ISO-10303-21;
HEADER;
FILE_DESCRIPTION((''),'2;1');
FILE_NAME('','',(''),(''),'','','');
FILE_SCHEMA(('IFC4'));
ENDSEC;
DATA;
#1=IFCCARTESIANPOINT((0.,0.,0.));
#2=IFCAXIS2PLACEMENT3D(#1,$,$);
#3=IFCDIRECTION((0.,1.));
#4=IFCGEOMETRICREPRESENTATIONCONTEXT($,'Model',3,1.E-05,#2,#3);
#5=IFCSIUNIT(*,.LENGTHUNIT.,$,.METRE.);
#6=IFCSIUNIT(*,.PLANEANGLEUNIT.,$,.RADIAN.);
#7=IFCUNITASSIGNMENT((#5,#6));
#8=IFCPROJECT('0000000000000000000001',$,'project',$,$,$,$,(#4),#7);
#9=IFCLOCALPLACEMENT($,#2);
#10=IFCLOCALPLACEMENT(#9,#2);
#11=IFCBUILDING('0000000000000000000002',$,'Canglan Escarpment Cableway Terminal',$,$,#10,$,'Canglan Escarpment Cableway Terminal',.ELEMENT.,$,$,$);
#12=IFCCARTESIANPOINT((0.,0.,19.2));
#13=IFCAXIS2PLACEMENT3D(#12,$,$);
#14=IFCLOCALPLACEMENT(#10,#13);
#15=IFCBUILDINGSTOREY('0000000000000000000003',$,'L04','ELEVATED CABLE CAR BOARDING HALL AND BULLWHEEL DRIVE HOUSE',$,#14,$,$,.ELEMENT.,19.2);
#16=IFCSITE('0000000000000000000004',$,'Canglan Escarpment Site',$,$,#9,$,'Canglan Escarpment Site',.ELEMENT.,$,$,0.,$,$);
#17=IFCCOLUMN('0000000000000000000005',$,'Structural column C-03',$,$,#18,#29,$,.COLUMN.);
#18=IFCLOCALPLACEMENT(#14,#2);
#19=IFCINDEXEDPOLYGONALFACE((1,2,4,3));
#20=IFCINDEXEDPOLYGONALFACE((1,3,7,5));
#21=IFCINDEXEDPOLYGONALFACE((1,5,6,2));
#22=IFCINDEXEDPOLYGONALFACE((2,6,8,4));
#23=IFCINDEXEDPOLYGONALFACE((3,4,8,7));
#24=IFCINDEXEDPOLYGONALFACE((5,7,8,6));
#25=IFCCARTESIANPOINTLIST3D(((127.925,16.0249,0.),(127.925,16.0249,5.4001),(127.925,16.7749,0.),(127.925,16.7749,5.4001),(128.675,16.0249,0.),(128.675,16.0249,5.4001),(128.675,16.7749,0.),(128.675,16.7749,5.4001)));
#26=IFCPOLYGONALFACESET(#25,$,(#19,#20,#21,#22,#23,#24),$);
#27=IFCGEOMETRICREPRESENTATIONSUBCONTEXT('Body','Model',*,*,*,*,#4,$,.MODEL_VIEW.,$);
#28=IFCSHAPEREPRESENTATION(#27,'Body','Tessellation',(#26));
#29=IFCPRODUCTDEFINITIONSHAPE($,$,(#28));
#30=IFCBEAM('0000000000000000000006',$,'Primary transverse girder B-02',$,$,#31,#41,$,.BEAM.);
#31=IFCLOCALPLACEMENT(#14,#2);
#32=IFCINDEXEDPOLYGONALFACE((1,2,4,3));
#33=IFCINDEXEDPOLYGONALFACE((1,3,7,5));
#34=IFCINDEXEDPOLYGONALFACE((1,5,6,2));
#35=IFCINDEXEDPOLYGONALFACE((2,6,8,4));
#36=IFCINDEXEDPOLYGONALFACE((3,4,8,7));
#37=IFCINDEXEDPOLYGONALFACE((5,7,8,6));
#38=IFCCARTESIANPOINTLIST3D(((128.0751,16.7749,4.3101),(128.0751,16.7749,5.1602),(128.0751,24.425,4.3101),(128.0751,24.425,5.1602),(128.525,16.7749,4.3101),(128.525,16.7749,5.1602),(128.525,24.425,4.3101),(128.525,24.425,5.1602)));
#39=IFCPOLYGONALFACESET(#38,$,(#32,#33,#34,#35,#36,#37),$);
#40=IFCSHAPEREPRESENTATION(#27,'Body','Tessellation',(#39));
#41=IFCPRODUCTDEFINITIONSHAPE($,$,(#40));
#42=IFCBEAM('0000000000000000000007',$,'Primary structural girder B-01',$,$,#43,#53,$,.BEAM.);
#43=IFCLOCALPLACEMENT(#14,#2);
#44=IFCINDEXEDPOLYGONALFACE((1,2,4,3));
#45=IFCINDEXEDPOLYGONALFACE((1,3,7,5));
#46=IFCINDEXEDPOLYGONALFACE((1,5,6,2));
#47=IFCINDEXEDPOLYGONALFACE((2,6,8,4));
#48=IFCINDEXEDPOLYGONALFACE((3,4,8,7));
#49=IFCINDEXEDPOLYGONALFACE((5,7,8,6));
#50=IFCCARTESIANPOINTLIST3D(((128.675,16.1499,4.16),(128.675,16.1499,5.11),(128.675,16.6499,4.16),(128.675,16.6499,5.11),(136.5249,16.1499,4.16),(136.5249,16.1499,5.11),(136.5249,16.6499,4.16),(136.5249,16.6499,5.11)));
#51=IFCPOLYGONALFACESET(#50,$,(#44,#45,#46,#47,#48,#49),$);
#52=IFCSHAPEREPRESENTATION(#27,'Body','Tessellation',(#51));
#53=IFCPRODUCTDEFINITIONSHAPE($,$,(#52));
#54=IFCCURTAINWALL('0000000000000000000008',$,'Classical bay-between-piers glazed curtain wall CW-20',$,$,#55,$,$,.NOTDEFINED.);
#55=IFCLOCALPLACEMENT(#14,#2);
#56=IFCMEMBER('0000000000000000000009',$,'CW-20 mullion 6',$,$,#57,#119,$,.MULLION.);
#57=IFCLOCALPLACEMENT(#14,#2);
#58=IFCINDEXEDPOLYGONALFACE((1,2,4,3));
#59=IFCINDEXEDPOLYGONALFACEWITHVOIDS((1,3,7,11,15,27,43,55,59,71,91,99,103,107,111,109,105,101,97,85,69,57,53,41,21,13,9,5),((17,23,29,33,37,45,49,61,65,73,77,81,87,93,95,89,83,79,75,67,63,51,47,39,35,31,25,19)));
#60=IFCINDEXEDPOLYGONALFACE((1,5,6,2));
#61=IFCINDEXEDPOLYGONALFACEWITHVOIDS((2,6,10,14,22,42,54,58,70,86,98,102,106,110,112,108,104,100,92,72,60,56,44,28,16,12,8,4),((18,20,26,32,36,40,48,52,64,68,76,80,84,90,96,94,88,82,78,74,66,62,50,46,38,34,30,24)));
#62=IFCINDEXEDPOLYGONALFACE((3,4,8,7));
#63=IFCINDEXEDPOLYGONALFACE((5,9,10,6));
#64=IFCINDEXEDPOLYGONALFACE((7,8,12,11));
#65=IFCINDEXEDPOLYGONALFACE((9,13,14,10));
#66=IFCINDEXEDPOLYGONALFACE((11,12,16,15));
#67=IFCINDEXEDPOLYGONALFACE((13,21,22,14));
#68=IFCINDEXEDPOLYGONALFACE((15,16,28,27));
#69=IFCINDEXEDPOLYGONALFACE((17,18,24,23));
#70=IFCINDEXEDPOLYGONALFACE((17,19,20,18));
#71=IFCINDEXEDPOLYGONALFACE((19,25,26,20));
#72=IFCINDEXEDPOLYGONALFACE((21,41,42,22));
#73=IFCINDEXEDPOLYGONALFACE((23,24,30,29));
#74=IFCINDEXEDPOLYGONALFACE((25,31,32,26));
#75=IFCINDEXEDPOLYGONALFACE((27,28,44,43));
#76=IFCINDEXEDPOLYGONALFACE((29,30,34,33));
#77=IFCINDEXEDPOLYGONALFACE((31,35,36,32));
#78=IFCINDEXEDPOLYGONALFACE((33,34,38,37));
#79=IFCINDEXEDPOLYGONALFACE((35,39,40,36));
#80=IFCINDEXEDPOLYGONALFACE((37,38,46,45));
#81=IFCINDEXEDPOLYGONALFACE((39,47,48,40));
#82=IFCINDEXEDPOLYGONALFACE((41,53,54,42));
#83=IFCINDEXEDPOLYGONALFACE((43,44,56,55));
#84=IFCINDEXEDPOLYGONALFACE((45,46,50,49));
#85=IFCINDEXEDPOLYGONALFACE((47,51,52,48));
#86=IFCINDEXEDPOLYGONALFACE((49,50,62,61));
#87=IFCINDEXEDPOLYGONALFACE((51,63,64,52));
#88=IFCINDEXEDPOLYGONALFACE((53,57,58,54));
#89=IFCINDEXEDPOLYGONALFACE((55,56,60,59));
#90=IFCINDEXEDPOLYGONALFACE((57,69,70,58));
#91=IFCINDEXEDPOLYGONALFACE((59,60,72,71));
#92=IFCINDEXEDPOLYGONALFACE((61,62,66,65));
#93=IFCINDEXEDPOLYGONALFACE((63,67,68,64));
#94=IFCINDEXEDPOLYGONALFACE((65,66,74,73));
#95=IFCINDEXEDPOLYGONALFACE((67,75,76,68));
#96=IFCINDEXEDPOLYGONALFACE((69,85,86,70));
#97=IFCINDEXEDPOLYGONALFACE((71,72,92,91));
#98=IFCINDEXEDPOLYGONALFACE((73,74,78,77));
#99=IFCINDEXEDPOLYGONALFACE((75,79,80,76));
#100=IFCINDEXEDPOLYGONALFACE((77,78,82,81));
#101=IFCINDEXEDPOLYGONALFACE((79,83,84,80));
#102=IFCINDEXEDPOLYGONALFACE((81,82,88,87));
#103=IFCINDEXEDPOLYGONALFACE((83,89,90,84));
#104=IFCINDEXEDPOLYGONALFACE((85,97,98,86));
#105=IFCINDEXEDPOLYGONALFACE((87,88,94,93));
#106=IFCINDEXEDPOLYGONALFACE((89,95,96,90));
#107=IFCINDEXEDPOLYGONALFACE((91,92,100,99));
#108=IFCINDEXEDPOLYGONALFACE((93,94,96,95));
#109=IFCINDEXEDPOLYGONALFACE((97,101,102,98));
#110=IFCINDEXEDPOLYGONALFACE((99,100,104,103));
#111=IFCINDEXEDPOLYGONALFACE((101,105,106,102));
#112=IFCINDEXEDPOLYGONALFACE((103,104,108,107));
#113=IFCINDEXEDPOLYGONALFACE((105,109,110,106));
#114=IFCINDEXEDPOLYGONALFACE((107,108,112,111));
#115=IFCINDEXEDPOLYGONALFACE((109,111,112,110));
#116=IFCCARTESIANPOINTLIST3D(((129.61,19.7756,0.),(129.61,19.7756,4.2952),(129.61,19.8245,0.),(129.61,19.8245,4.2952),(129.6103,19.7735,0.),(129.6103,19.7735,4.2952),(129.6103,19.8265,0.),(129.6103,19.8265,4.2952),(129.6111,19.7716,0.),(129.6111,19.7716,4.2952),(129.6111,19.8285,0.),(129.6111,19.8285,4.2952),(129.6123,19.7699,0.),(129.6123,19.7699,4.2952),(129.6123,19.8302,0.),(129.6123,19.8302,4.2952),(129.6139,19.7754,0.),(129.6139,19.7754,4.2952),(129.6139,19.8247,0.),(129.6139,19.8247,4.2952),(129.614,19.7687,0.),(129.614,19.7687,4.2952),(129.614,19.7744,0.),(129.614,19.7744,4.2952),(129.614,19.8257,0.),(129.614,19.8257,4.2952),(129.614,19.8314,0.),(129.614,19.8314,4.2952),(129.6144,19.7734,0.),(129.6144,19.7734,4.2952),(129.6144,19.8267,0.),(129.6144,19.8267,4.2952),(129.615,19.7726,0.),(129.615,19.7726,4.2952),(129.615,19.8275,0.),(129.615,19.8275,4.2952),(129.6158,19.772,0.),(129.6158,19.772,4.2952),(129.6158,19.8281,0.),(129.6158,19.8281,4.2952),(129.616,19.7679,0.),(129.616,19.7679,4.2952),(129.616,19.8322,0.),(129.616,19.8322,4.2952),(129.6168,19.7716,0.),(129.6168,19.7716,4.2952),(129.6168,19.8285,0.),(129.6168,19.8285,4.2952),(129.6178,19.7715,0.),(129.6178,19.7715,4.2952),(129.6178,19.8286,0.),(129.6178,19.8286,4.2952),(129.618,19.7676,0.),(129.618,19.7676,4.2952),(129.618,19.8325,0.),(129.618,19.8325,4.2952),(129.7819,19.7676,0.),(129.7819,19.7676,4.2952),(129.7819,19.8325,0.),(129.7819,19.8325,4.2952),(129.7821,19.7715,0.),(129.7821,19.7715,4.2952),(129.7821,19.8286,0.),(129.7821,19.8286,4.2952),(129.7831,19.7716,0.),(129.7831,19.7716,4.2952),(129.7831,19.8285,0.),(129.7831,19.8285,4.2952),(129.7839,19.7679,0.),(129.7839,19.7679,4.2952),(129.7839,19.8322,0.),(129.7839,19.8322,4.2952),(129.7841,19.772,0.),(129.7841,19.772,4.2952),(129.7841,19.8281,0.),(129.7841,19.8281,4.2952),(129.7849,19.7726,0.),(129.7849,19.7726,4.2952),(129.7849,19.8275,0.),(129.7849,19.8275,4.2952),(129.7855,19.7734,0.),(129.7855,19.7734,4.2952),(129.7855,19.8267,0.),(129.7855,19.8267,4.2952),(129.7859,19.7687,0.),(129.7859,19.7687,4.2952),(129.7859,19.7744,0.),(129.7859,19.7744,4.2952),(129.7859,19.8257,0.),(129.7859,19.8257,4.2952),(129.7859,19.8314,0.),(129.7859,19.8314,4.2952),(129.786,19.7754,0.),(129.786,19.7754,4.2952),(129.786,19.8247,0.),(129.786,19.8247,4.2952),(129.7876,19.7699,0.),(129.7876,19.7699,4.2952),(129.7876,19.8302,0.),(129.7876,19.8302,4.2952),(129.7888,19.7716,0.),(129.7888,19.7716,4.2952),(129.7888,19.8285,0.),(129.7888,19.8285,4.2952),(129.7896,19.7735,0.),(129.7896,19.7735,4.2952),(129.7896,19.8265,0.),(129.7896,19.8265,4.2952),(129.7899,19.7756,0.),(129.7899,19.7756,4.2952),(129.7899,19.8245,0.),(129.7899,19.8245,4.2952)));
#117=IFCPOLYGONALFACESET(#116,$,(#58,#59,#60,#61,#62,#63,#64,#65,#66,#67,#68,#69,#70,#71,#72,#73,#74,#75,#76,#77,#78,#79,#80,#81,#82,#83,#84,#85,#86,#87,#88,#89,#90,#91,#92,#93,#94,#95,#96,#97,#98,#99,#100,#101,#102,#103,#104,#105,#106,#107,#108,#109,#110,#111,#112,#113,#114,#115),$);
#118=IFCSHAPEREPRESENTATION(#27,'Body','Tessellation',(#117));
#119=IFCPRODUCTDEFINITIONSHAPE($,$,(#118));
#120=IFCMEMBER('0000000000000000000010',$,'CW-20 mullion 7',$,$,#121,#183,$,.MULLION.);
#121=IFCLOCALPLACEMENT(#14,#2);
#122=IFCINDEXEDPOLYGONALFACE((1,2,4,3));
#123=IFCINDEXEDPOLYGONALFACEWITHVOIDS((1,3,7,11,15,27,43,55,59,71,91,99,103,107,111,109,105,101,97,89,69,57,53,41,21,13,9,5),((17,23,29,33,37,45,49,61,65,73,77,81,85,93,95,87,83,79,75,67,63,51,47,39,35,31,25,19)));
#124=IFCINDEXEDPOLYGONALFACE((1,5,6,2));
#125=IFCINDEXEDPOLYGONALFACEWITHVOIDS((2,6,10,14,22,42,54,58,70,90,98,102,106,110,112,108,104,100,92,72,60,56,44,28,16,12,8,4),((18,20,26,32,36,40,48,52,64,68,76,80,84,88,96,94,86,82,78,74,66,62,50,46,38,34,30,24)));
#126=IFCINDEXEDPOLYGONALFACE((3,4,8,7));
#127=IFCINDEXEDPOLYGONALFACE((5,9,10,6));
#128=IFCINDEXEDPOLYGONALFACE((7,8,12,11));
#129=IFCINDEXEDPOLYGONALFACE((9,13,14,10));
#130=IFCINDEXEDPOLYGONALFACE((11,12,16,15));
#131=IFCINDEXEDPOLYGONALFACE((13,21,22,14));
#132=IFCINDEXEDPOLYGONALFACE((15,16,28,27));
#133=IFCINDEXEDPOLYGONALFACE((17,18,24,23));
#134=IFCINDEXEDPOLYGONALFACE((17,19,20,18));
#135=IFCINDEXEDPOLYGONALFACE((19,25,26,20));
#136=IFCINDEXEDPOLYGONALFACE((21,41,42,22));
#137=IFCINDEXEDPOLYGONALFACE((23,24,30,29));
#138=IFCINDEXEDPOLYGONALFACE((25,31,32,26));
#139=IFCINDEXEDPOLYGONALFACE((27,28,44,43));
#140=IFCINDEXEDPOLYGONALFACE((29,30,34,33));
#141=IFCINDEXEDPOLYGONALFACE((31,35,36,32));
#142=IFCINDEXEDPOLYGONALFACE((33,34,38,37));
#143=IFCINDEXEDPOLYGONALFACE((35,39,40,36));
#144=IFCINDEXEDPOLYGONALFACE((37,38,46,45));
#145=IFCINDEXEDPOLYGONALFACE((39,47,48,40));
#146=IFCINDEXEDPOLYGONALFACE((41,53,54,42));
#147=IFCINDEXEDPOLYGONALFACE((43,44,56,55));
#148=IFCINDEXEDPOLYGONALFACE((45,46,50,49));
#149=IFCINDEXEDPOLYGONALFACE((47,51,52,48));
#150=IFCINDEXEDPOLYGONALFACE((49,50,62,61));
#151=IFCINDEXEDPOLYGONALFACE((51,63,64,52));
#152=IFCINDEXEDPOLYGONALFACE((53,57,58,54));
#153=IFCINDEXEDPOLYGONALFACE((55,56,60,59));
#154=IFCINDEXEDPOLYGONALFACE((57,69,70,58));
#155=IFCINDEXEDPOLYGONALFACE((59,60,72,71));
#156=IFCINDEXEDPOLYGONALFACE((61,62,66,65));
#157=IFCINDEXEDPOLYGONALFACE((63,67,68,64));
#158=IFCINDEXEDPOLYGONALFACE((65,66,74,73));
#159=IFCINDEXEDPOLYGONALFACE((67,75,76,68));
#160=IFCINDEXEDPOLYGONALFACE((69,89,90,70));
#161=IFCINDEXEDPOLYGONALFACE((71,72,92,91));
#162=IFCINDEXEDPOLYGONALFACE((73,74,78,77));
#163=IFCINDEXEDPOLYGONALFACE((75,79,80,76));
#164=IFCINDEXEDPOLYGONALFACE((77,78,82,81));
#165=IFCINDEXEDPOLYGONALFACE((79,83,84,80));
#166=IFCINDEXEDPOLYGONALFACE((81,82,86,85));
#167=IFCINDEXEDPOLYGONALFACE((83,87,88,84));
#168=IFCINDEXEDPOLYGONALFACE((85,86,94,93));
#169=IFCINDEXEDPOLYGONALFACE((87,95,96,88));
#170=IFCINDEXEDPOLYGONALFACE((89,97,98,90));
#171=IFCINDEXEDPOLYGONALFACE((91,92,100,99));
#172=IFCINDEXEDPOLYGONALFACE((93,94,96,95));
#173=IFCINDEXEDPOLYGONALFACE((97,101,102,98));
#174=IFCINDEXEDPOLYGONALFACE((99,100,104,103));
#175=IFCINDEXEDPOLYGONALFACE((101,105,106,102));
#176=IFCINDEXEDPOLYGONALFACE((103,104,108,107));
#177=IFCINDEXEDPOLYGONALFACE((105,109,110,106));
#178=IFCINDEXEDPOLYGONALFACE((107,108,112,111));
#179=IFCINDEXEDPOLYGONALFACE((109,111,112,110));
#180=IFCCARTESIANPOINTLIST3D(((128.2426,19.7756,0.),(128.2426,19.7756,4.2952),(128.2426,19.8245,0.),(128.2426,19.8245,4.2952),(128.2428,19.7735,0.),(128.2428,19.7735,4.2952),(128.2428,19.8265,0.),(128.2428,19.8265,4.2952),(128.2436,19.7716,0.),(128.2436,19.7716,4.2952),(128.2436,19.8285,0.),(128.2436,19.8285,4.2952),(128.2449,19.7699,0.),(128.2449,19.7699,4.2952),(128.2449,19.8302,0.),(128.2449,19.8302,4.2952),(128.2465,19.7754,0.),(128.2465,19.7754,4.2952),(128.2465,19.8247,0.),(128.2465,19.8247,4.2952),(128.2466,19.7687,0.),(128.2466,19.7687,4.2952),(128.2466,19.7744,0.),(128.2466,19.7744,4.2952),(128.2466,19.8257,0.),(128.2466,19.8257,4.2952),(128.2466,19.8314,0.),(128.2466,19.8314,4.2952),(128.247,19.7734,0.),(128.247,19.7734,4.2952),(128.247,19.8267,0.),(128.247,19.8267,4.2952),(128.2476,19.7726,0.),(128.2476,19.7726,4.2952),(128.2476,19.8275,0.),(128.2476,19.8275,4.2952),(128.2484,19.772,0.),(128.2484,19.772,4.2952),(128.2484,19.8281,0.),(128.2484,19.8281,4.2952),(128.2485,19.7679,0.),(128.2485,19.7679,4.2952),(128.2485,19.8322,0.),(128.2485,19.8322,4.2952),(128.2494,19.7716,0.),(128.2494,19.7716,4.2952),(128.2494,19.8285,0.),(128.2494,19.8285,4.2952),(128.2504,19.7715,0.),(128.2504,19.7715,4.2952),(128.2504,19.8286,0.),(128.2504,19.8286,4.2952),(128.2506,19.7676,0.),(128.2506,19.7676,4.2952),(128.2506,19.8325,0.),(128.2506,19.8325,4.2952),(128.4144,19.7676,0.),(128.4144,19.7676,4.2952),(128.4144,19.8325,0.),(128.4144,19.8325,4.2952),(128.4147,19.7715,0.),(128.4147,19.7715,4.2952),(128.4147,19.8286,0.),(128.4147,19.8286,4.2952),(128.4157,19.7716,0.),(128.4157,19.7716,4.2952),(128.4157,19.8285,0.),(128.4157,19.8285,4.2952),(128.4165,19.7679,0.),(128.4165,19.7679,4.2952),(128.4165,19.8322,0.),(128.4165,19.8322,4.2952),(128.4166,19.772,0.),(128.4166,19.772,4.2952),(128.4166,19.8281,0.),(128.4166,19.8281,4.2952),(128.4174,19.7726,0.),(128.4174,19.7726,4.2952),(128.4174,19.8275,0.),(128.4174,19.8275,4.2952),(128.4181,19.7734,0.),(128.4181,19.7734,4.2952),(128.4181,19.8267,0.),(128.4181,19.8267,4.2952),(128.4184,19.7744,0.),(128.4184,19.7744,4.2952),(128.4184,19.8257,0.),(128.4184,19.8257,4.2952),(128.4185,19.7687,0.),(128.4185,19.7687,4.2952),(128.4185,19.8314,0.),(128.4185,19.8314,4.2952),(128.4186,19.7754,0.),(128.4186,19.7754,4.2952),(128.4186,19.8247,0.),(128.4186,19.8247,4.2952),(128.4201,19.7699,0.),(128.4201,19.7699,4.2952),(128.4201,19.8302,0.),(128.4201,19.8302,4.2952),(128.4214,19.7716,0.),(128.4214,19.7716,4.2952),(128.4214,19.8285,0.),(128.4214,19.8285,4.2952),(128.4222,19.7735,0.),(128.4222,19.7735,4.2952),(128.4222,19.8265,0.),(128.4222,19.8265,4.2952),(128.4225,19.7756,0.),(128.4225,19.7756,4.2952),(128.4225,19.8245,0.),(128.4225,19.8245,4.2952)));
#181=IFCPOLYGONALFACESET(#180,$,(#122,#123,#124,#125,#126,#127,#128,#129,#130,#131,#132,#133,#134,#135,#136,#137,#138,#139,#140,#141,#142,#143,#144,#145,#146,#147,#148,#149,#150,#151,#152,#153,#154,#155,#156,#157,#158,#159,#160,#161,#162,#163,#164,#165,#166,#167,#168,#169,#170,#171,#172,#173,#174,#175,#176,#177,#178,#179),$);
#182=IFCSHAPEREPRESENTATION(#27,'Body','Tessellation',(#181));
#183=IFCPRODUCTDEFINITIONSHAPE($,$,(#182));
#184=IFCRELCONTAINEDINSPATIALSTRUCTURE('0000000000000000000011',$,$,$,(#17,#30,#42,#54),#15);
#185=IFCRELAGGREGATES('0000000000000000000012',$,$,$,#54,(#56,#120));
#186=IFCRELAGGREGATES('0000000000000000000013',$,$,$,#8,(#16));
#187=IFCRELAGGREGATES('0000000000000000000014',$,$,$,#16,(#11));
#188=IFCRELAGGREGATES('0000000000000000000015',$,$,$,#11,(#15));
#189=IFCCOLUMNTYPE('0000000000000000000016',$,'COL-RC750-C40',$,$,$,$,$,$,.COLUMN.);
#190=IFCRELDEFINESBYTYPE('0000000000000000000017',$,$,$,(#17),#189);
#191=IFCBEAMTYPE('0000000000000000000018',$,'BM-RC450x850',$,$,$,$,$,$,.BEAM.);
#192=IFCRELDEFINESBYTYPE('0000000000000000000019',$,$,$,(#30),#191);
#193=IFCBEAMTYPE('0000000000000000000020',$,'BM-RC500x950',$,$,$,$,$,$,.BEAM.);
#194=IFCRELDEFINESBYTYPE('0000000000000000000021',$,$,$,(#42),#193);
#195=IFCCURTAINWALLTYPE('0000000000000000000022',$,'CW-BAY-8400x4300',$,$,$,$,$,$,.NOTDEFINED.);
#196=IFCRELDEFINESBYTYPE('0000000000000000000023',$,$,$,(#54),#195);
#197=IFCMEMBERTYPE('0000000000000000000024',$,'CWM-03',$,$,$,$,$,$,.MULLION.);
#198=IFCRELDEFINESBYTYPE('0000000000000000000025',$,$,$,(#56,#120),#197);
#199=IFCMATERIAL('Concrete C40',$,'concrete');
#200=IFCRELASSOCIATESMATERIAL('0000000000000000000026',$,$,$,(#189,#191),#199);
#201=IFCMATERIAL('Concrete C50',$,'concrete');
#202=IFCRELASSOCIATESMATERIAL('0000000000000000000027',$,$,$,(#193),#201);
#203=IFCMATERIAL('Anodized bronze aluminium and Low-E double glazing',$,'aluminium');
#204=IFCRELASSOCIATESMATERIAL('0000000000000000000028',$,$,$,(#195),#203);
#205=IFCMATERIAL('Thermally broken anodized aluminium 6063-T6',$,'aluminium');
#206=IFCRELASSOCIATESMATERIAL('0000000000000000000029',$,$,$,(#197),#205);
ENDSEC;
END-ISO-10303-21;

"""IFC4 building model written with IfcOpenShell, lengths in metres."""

from ifc_helpers import new_model, si_unit, direction, frame, origin, origin_2d, place, context, subcontext, project, spatial, rectangle, hollow_rectangle, extrude, material, material_profile, profile_set, type_object, element, aggregate, save


model = new_model("IFC4")

# Units and contexts
model_context = context("Model", 3, precision=1e-05, world=origin(), true_north=direction((0.0, 1.0)))
body_context = subcontext(model_context, "Body", "Model", "MODEL_VIEW")
ifc_project = project(units=[si_unit("LENGTHUNIT", "METRE"), si_unit("PLANEANGLEUNIT", "RADIAN")], contexts=[model_context])

# Site, building, storey
site_placement = place(None, origin())
site = spatial("IfcSite", under=ifc_project, at=site_placement, Name="Canglan Escarpment Site", LongName="Canglan Escarpment Site", CompositionType="ELEMENT", RefElevation=0.0)
building_placement = place(site_placement, origin())
building = spatial("IfcBuilding", under=site, at=building_placement, Name="Canglan Escarpment Cableway Terminal", LongName="Canglan Escarpment Cableway Terminal", CompositionType="ELEMENT")
storey_placement = place(building_placement, frame((0.0, 0.0, 19.2)))
storey = spatial("IfcBuildingStorey", under=building, at=storey_placement, Name="L04", Description="ELEVATED CABLE CAR BOARDING HALL AND BULLWHEEL DRIVE HOUSE", CompositionType="ELEMENT", Elevation=19.2)

# Column
ifc_material_1 = material(Name="Concrete C40", Category="concrete")
ifc_material_profile_1 = material_profile(ifc_material_1, rectangle(XDim=0.75, YDim=0.75, at=origin_2d()), Name="RC 750x750")
ifc_profile_set_1 = profile_set([ifc_material_profile_1], Name="Concrete C40")
column_type = type_object("IfcColumnType", Name="COL-RC750-C40", PredefinedType="COLUMN", material=ifc_profile_set_1)
column_placement = place(storey_placement, frame((128.3, 16.3999, 0.0), z_axis=(0.0, 0.0, 1.0), x_axis=(1.0, 0.0, 0.0)))
element("IfcColumn", 1, at=column_placement, inside=storey, type_object=column_type, Name="Structural column C-03", PredefinedType="COLUMN", context=body_context, shape_type="SweptSolid", body=[
    extrude(rectangle(XDim=0.75, YDim=0.75, at=origin_2d()), origin(), (0.0, 0.0, 1.0), 5.4001),
])

# Beams
ifc_material_profile_2 = material_profile(ifc_material_1, rectangle(XDim=0.45, YDim=0.8501, at=origin_2d()), Name="RC 450x850")
ifc_profile_set_2 = profile_set([ifc_material_profile_2], Name="Concrete C40")
beam_type_1 = type_object("IfcBeamType", Name="BM-RC450x850", PredefinedType="BEAM", material=ifc_profile_set_2)
beam_1_placement = place(storey_placement, frame((128.3, 16.7749, 4.7351), z_axis=(0.0, 1.0, 0.0), x_axis=(-1.0, 0.0, 0.0)))
element("IfcBeam", 2, at=beam_1_placement, inside=storey, type_object=beam_type_1, Name="Primary transverse girder B-02", PredefinedType="BEAM", context=body_context, shape_type="SweptSolid", body=[
    extrude(rectangle(XDim=0.45, YDim=0.8501, at=origin_2d()), origin(), (0.0, 0.0, 1.0), 7.6501),
])
ifc_material_2 = material(Name="Concrete C50", Category="concrete")
ifc_material_profile_3 = material_profile(ifc_material_2, rectangle(XDim=0.5, YDim=0.95, at=origin_2d()), Name="RC 500x950")
ifc_profile_set_3 = profile_set([ifc_material_profile_3], Name="Concrete C50")
beam_type_2 = type_object("IfcBeamType", Name="BM-RC500x950", PredefinedType="BEAM", material=ifc_profile_set_3)
beam_2_placement = place(storey_placement, frame((128.675, 16.3999, 4.635), z_axis=(1.0, 0.0, 0.0), x_axis=(0.0, 1.0, 0.0)))
element("IfcBeam", 3, at=beam_2_placement, inside=storey, type_object=beam_type_2, Name="Primary structural girder B-01", PredefinedType="BEAM", context=body_context, shape_type="SweptSolid", body=[
    extrude(rectangle(XDim=0.5, YDim=0.95, at=origin_2d()), origin(), (0.0, 0.0, 1.0), 7.8499),
])

# Curtain wall, members
ifc_material_3 = material(Name="Anodized bronze aluminium and Low-E double glazing", Category="aluminium")
curtain_wall_type = type_object("IfcCurtainWallType", Name="CW-BAY-8400x4300", PredefinedType="NOTDEFINED", material=ifc_material_3)
curtain_wall_placement = place(storey_placement, origin())
curtain_wall = element("IfcCurtainWall", 4, at=curtain_wall_placement, inside=storey, type_object=curtain_wall_type, Name="Classical bay-between-piers glazed curtain wall CW-20", PredefinedType="NOTDEFINED")
ifc_material_4 = material(Name="Thermally broken anodized aluminium 6063-T6", Category="aluminium")
ifc_material_profile_4 = material_profile(ifc_material_4, hollow_rectangle(XDim=0.0649, YDim=0.1799, WallThickness=0.0039, InnerFilletRadius=0.0039, OuterFilletRadius=0.0081, at=origin_2d()), Name="ALU-MULL 65x180x4")
ifc_profile_set_4 = profile_set([ifc_material_profile_4], Name="Thermally broken anodized aluminium 6063-T6")
member_type_1 = type_object("IfcMemberType", Name="CWM-03", PredefinedType="MULLION", material=ifc_profile_set_4)
member_1_placement = place(storey_placement, frame((129.7, 19.8, 0.0), z_axis=(0.0, 0.0, 1.0), x_axis=(0.0, -1.0, 0.0)))
member_1 = element("IfcMember", 5, at=member_1_placement, type_object=member_type_1, Name="CW-20 mullion 6", PredefinedType="MULLION", context=body_context, shape_type="SweptSolid", body=[
    extrude(hollow_rectangle(XDim=0.0649, YDim=0.1799, WallThickness=0.0039, InnerFilletRadius=0.0039, OuterFilletRadius=0.0081, at=origin_2d()), origin(), (0.0, 0.0, 1.0), 4.2952),
])
member_2_placement = place(storey_placement, frame((128.3325, 19.8, 0.0), z_axis=(0.0, 0.0, 1.0), x_axis=(0.0, -1.0, 0.0)))
member_2 = element("IfcMember", 6, at=member_2_placement, type_object=member_type_1, Name="CW-20 mullion 7", PredefinedType="MULLION", context=body_context, shape_type="SweptSolid", body=[
    extrude(hollow_rectangle(XDim=0.0649, YDim=0.1799, WallThickness=0.0039, InnerFilletRadius=0.0039, OuterFilletRadius=0.0081, at=origin_2d()), origin(), (0.0, 0.0, 1.0), 4.2952),
])

aggregate(curtain_wall, [member_1, member_2])

save(model, "model.ifc")
